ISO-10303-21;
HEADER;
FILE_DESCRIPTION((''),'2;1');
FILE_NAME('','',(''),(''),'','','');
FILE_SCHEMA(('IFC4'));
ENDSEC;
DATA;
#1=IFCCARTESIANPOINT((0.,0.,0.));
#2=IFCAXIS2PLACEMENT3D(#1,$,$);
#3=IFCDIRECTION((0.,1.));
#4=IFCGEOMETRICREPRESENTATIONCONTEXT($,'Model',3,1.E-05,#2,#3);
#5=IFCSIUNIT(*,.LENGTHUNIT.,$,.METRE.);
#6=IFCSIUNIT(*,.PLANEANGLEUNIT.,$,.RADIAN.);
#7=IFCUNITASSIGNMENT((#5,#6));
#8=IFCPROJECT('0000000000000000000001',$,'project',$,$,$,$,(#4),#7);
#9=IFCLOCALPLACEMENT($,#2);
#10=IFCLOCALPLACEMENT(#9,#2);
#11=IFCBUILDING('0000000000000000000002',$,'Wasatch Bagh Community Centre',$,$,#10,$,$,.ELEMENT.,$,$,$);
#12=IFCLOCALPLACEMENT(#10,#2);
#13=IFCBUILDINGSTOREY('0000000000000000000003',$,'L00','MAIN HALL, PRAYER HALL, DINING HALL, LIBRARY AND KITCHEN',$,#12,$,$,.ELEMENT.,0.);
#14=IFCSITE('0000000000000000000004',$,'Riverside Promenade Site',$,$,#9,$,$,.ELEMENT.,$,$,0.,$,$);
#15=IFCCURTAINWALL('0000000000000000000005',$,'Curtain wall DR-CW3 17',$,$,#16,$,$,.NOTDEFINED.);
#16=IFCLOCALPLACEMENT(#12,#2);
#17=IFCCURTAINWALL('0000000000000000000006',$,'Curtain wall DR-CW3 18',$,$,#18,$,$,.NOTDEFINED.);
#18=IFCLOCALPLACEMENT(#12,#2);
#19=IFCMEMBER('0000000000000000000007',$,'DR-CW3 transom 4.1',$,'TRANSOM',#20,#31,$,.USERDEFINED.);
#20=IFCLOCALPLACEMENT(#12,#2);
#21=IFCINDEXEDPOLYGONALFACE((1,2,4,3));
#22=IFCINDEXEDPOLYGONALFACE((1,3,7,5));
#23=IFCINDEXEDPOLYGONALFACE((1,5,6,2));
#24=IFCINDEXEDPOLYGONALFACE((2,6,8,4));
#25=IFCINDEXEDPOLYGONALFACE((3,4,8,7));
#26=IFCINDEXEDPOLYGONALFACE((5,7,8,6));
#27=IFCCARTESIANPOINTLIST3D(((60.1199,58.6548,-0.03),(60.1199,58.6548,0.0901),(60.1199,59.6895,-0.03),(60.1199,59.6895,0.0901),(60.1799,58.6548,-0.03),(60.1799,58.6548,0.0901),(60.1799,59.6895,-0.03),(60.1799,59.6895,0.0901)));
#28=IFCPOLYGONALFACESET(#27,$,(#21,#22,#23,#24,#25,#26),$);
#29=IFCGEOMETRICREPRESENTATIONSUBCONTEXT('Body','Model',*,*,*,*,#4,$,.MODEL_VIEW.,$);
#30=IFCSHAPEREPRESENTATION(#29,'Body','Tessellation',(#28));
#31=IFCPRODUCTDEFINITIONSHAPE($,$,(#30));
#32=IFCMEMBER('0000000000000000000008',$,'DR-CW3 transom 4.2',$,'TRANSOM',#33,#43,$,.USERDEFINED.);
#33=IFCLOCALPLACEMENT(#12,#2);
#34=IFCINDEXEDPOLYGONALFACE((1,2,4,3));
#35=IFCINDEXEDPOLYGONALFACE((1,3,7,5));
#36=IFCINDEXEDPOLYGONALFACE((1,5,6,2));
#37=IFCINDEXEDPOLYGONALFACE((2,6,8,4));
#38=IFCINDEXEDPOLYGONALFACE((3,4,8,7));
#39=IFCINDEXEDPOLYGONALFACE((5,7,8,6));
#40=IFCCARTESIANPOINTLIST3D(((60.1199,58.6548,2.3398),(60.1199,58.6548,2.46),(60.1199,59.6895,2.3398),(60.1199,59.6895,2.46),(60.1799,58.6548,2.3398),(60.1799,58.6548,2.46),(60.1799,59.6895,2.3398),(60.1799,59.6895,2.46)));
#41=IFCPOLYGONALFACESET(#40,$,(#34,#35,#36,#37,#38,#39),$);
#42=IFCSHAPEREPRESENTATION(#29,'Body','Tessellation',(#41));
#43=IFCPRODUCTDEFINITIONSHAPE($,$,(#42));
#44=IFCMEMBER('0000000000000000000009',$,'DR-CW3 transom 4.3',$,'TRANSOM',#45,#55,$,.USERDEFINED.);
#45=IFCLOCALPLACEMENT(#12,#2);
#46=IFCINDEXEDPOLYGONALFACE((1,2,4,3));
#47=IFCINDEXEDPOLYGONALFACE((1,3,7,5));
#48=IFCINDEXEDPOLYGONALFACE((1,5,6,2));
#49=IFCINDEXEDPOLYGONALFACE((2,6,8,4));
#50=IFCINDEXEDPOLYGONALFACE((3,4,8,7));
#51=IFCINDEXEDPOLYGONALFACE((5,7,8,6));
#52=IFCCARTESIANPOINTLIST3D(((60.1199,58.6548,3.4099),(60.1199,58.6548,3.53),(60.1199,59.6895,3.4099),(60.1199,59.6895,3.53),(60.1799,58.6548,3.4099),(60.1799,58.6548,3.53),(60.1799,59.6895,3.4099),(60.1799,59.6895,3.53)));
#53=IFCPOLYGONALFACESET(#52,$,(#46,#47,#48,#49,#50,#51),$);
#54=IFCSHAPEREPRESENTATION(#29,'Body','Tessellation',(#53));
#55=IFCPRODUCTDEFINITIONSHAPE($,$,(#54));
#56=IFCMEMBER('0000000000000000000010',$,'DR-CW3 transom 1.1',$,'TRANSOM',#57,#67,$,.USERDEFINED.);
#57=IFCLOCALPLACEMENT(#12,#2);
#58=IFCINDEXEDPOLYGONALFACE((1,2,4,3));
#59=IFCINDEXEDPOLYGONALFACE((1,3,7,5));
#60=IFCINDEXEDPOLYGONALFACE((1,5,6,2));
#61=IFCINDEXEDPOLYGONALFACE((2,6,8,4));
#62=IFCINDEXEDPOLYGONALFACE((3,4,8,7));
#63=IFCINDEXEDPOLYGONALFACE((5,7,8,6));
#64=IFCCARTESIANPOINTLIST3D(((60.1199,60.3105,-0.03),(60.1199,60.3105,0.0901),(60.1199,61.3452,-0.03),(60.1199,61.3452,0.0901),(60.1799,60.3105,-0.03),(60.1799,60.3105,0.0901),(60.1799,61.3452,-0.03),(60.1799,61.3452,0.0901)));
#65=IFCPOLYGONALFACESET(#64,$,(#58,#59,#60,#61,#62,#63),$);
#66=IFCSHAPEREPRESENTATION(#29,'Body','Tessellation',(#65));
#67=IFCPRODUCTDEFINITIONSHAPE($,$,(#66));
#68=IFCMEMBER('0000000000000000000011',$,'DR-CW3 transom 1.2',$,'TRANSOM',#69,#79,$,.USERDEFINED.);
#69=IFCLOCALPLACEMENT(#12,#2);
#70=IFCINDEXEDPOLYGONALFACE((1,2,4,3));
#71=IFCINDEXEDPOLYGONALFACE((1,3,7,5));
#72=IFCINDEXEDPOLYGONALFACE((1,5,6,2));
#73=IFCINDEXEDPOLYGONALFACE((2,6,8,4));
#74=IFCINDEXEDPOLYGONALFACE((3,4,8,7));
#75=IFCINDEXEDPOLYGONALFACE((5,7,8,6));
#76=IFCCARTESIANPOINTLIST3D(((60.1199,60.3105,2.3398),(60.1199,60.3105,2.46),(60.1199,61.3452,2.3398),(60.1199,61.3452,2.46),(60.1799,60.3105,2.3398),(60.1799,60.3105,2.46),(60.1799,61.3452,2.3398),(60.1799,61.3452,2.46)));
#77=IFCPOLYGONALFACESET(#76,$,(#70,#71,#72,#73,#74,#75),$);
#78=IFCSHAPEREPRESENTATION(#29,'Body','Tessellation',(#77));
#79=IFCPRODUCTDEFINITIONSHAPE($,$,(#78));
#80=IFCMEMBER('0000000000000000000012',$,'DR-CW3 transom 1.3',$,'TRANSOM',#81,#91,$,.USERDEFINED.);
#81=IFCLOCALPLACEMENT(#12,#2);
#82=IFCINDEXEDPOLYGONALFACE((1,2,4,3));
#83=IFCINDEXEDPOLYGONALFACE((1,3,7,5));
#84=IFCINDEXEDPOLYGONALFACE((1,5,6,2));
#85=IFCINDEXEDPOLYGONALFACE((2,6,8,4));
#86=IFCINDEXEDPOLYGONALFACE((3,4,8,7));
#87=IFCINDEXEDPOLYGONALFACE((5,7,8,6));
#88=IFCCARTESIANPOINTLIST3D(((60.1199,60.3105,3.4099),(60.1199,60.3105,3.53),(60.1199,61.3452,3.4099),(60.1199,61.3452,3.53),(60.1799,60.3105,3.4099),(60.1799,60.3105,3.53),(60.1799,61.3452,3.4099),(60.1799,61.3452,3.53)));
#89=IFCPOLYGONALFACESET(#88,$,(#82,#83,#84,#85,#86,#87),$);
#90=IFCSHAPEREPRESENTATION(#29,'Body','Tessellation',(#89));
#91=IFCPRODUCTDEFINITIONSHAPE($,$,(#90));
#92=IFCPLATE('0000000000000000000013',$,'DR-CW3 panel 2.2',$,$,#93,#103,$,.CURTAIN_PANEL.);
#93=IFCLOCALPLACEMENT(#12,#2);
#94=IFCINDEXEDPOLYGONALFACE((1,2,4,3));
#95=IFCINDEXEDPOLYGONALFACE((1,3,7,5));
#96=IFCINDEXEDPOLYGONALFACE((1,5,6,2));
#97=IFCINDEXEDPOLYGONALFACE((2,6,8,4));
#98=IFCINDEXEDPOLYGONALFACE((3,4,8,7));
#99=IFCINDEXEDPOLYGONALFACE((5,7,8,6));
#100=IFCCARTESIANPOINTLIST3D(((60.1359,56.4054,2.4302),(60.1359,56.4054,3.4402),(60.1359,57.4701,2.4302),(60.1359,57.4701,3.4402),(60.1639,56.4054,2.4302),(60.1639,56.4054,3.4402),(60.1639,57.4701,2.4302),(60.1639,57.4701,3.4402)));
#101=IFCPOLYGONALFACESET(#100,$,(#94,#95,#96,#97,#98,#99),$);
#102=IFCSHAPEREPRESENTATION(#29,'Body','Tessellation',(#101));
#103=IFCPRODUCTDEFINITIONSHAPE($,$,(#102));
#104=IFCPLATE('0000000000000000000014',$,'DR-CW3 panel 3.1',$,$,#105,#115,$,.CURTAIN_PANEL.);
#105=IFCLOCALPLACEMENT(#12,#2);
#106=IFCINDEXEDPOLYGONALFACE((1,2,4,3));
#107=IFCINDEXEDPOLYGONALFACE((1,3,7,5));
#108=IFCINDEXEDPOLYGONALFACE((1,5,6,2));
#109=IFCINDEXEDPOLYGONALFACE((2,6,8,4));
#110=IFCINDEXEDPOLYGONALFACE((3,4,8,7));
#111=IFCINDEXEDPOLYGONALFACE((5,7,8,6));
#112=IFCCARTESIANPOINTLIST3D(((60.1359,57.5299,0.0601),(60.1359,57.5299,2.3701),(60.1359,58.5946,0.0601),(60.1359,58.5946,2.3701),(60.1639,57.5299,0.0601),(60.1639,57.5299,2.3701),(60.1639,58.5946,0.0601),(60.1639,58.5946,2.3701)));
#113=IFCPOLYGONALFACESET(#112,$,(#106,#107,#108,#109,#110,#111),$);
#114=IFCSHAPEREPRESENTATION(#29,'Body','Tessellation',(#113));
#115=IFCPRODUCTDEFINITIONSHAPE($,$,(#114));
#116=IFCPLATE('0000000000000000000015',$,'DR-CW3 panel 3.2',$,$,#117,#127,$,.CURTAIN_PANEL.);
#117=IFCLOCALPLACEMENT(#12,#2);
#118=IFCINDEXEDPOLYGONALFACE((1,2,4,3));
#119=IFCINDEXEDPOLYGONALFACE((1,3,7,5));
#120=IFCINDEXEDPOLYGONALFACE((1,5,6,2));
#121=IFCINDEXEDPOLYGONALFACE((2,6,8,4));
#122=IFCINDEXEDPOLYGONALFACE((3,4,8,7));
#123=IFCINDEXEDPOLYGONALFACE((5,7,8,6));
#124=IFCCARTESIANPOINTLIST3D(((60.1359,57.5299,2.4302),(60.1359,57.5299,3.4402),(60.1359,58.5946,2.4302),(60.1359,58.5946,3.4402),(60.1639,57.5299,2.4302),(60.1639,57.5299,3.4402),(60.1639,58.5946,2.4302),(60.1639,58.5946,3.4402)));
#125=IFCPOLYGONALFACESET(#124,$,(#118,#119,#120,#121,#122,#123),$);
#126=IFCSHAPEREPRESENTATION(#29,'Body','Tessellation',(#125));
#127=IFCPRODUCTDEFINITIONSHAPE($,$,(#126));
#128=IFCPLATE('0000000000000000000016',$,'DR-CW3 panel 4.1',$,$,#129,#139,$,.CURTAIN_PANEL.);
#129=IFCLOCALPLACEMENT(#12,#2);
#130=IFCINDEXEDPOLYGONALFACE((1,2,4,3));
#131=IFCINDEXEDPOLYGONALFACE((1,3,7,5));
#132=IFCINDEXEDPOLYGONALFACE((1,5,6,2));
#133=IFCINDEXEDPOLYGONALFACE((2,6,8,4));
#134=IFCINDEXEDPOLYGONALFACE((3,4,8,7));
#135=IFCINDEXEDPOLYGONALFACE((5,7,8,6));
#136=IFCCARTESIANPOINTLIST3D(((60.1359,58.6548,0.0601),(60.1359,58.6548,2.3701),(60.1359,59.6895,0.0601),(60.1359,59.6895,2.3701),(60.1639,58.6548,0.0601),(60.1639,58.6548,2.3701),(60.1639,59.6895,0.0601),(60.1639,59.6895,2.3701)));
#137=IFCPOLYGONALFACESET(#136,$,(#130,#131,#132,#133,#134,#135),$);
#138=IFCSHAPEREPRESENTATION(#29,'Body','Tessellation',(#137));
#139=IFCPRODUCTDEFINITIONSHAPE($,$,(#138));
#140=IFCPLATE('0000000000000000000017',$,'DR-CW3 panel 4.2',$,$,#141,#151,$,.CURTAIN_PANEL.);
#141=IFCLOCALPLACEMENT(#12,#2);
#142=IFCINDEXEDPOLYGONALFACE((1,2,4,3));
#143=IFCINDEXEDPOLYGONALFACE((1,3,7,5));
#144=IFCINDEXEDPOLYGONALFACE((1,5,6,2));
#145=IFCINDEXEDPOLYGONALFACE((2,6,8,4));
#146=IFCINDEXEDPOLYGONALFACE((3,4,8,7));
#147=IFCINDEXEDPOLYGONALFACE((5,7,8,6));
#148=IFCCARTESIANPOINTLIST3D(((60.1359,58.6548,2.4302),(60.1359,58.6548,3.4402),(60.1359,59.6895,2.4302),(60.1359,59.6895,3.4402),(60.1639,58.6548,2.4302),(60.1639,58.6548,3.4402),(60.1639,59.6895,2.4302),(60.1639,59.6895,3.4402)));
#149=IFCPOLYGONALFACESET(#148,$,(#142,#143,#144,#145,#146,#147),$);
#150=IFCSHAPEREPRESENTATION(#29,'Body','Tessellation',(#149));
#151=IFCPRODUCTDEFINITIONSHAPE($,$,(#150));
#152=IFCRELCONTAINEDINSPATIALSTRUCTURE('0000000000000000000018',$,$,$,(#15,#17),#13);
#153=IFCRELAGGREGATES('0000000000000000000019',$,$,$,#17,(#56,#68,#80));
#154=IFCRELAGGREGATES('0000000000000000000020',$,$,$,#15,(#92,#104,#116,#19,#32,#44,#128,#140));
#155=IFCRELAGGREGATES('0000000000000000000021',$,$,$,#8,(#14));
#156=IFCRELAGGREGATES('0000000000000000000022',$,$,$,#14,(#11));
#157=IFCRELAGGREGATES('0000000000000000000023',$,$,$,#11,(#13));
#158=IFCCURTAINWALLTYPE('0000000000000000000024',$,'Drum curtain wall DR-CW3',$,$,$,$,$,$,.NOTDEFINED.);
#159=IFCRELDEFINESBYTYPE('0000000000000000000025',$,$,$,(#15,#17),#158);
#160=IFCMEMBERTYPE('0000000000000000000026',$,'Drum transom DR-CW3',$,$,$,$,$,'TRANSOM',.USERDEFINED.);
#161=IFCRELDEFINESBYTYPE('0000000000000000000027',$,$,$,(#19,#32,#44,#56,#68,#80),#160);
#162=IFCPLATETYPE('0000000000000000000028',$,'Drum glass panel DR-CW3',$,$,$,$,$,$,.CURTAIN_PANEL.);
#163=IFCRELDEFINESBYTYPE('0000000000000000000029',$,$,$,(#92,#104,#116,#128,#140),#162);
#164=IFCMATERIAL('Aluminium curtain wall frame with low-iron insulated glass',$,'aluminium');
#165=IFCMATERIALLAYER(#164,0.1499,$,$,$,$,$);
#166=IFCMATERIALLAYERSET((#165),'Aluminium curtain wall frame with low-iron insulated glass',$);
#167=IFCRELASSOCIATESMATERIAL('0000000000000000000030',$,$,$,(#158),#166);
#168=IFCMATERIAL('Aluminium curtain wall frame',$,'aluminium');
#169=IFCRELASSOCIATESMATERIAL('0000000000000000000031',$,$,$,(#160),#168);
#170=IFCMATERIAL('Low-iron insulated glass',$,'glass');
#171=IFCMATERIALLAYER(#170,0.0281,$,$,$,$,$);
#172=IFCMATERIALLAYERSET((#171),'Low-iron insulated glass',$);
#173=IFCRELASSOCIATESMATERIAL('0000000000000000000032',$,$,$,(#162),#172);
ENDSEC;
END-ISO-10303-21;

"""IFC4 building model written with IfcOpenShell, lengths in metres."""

from ifc_helpers import new_model, si_unit, direction, frame, origin, origin_2d, place, context, subcontext, project, spatial, rectangle, extrude, material, layer, layer_set, material_profile, profile_set, type_object, element, aggregate, save


model = new_model("IFC4")

# Units and contexts
model_context = context("Model", 3, precision=1e-05, world=origin(), true_north=direction((0.0, 1.0)))
body_context = subcontext(model_context, "Body", "Model", "MODEL_VIEW")
ifc_project = project(units=[si_unit("LENGTHUNIT", "METRE"), si_unit("PLANEANGLEUNIT", "RADIAN")], contexts=[model_context])

# Site, building, storey
site_placement = place(None, origin())
site = spatial("IfcSite", under=ifc_project, at=site_placement, Name="Riverside Promenade Site", CompositionType="ELEMENT", RefElevation=0.0)
building_placement = place(site_placement, origin())
building = spatial("IfcBuilding", under=site, at=building_placement, Name="Wasatch Bagh Community Centre", CompositionType="ELEMENT")
storey_placement = place(building_placement, origin())
storey = spatial("IfcBuildingStorey", under=building, at=storey_placement, Name="L00", Description="MAIN HALL, PRAYER HALL, DINING HALL, LIBRARY AND KITCHEN", CompositionType="ELEMENT", Elevation=0.0)

# Curtain wall
ifc_material_1 = material(Name="Aluminium curtain wall frame with low-iron insulated glass", Category="aluminium")
ifc_layer_1 = layer(ifc_material_1, 0.1499)
ifc_layer_set_1 = layer_set([ifc_layer_1], Name="Aluminium curtain wall frame with low-iron insulated glass")
curtain_wall_type = type_object("IfcCurtainWallType", Name="Drum curtain wall DR-CW3", PredefinedType="NOTDEFINED", material=ifc_layer_set_1)
curtain_wall_1_placement = place(storey_placement, origin())
curtain_wall_1 = element("IfcCurtainWall", 1, at=curtain_wall_1_placement, inside=storey, type_object=curtain_wall_type, Name="Curtain wall DR-CW3 17", PredefinedType="NOTDEFINED")
ifc_material_2 = material(Name="Aluminium curtain wall frame", Category="aluminium")

# Curtain wall
curtain_wall_2_placement = place(storey_placement, origin())
curtain_wall_2 = element("IfcCurtainWall", 2, at=curtain_wall_2_placement, inside=storey, type_object=curtain_wall_type, Name="Curtain wall DR-CW3 18", PredefinedType="NOTDEFINED")

# Members
ifc_material_profile_1 = material_profile(ifc_material_2, rectangle(XDim=0.0601, YDim=0.1201, at=origin_2d()), Name="Drum transom DR-CW3")
ifc_profile_set_1 = profile_set([ifc_material_profile_1], Name="Aluminium curtain wall frame")
member_type_1 = type_object("IfcMemberType", Name="Drum transom DR-CW3", ElementType="TRANSOM", PredefinedType="USERDEFINED", material=ifc_profile_set_1)
member_1_placement = place(storey_placement, frame((60.1499, 58.6548, 0.03), z_axis=(0.0, 1.0, 0.0), x_axis=(-1.0, 0.0, 0.0)))
member_1 = element("IfcMember", 3, at=member_1_placement, type_object=member_type_1, Name="DR-CW3 transom 4.1", ObjectType="TRANSOM", PredefinedType="USERDEFINED", context=body_context, shape_type="SweptSolid", body=[
    extrude(rectangle(XDim=0.0601, YDim=0.1201, at=origin_2d()), origin(), (0.0, 0.0, 1.0), 1.0347),
])
member_2_placement = place(storey_placement, frame((60.1499, 58.6548, 2.3999), z_axis=(0.0, 1.0, 0.0), x_axis=(-1.0, 0.0, 0.0)))
member_2 = element("IfcMember", 4, at=member_2_placement, type_object=member_type_1, Name="DR-CW3 transom 4.2", ObjectType="TRANSOM", PredefinedType="USERDEFINED", context=body_context, shape_type="SweptSolid", body=[
    extrude(rectangle(XDim=0.0601, YDim=0.1201, at=origin_2d()), origin(), (0.0, 0.0, 1.0), 1.0347),
])
member_3_placement = place(storey_placement, frame((60.1499, 58.6548, 3.47), z_axis=(0.0, 1.0, 0.0), x_axis=(-1.0, 0.0, 0.0)))
member_3 = element("IfcMember", 5, at=member_3_placement, type_object=member_type_1, Name="DR-CW3 transom 4.3", ObjectType="TRANSOM", PredefinedType="USERDEFINED", context=body_context, shape_type="SweptSolid", body=[
    extrude(rectangle(XDim=0.0601, YDim=0.1201, at=origin_2d()), origin(), (0.0, 0.0, 1.0), 1.0347),
])
member_4_placement = place(storey_placement, frame((60.1499, 60.3105, 0.03), z_axis=(0.0, 1.0, 0.0), x_axis=(-1.0, 0.0, 0.0)))
member_4 = element("IfcMember", 6, at=member_4_placement, type_object=member_type_1, Name="DR-CW3 transom 1.1", ObjectType="TRANSOM", PredefinedType="USERDEFINED", context=body_context, shape_type="SweptSolid", body=[
    extrude(rectangle(XDim=0.0601, YDim=0.1201, at=origin_2d()), origin(), (0.0, 0.0, 1.0), 1.0347),
])
member_5_placement = place(storey_placement, frame((60.1499, 60.3105, 2.3999), z_axis=(0.0, 1.0, 0.0), x_axis=(-1.0, 0.0, 0.0)))
member_5 = element("IfcMember", 7, at=member_5_placement, type_object=member_type_1, Name="DR-CW3 transom 1.2", ObjectType="TRANSOM", PredefinedType="USERDEFINED", context=body_context, shape_type="SweptSolid", body=[
    extrude(rectangle(XDim=0.0601, YDim=0.1201, at=origin_2d()), origin(), (0.0, 0.0, 1.0), 1.0347),
])
member_6_placement = place(storey_placement, frame((60.1499, 60.3105, 3.47), z_axis=(0.0, 1.0, 0.0), x_axis=(-1.0, 0.0, 0.0)))
member_6 = element("IfcMember", 8, at=member_6_placement, type_object=member_type_1, Name="DR-CW3 transom 1.3", ObjectType="TRANSOM", PredefinedType="USERDEFINED", context=body_context, shape_type="SweptSolid", body=[
    extrude(rectangle(XDim=0.0601, YDim=0.1201, at=origin_2d()), origin(), (0.0, 0.0, 1.0), 1.0347),
])
aggregate(curtain_wall_2, [member_4, member_5, member_6])

# Plates
ifc_material_3 = material(Name="Low-iron insulated glass", Category="glass")
ifc_layer_2 = layer(ifc_material_3, 0.0281)
ifc_layer_set_2 = layer_set([ifc_layer_2], Name="Low-iron insulated glass")
plate_type = type_object("IfcPlateType", Name="Drum glass panel DR-CW3", PredefinedType="CURTAIN_PANEL", material=ifc_layer_set_2)
plate_1_placement = place(storey_placement, frame((60.1499, 56.9377, 2.4302), z_axis=(0.0, 0.0, 1.0), x_axis=(0.0, 1.0, 0.0)))
plate_1 = element("IfcPlate", 9, at=plate_1_placement, type_object=plate_type, Name="DR-CW3 panel 2.2", PredefinedType="CURTAIN_PANEL", context=body_context, shape_type="SweptSolid", body=[
    extrude(rectangle(XDim=1.0647, YDim=0.0281, at=origin_2d()), origin(), (0.0, 0.0, 1.0), 1.01),
])
plate_2_placement = place(storey_placement, frame((60.1499, 58.0623, 0.0601), z_axis=(0.0, 0.0, 1.0), x_axis=(0.0, 1.0, 0.0)))
plate_2 = element("IfcPlate", 10, at=plate_2_placement, type_object=plate_type, Name="DR-CW3 panel 3.1", PredefinedType="CURTAIN_PANEL", context=body_context, shape_type="SweptSolid", body=[
    extrude(rectangle(XDim=1.0647, YDim=0.0281, at=origin_2d()), origin(), (0.0, 0.0, 1.0), 2.3101),
])
plate_3_placement = place(storey_placement, frame((60.1499, 58.0623, 2.4302), z_axis=(0.0, 0.0, 1.0), x_axis=(0.0, 1.0, 0.0)))
plate_3 = element("IfcPlate", 11, at=plate_3_placement, type_object=plate_type, Name="DR-CW3 panel 3.2", PredefinedType="CURTAIN_PANEL", context=body_context, shape_type="SweptSolid", body=[
    extrude(rectangle(XDim=1.0647, YDim=0.0281, at=origin_2d()), origin(), (0.0, 0.0, 1.0), 1.01),
])
plate_4_placement = place(storey_placement, frame((60.1499, 59.1721, 0.0601), z_axis=(0.0, 0.0, 1.0), x_axis=(0.0, 1.0, 0.0)))
plate_4 = element("IfcPlate", 12, at=plate_4_placement, type_object=plate_type, Name="DR-CW3 panel 4.1", PredefinedType="CURTAIN_PANEL", context=body_context, shape_type="SweptSolid", body=[
    extrude(rectangle(XDim=1.0347, YDim=0.0281, at=origin_2d()), origin(), (0.0, 0.0, 1.0), 2.3101),
])
plate_5_placement = place(storey_placement, frame((60.1499, 59.1721, 2.4302), z_axis=(0.0, 0.0, 1.0), x_axis=(0.0, 1.0, 0.0)))
plate_5 = element("IfcPlate", 13, at=plate_5_placement, type_object=plate_type, Name="DR-CW3 panel 4.2", PredefinedType="CURTAIN_PANEL", context=body_context, shape_type="SweptSolid", body=[
    extrude(rectangle(XDim=1.0347, YDim=0.0281, at=origin_2d()), origin(), (0.0, 0.0, 1.0), 1.01),
])
aggregate(curtain_wall_1, [plate_1, plate_2, plate_3, member_1, member_2, member_3, plate_4, plate_5])

save(model, "model.ifc")
